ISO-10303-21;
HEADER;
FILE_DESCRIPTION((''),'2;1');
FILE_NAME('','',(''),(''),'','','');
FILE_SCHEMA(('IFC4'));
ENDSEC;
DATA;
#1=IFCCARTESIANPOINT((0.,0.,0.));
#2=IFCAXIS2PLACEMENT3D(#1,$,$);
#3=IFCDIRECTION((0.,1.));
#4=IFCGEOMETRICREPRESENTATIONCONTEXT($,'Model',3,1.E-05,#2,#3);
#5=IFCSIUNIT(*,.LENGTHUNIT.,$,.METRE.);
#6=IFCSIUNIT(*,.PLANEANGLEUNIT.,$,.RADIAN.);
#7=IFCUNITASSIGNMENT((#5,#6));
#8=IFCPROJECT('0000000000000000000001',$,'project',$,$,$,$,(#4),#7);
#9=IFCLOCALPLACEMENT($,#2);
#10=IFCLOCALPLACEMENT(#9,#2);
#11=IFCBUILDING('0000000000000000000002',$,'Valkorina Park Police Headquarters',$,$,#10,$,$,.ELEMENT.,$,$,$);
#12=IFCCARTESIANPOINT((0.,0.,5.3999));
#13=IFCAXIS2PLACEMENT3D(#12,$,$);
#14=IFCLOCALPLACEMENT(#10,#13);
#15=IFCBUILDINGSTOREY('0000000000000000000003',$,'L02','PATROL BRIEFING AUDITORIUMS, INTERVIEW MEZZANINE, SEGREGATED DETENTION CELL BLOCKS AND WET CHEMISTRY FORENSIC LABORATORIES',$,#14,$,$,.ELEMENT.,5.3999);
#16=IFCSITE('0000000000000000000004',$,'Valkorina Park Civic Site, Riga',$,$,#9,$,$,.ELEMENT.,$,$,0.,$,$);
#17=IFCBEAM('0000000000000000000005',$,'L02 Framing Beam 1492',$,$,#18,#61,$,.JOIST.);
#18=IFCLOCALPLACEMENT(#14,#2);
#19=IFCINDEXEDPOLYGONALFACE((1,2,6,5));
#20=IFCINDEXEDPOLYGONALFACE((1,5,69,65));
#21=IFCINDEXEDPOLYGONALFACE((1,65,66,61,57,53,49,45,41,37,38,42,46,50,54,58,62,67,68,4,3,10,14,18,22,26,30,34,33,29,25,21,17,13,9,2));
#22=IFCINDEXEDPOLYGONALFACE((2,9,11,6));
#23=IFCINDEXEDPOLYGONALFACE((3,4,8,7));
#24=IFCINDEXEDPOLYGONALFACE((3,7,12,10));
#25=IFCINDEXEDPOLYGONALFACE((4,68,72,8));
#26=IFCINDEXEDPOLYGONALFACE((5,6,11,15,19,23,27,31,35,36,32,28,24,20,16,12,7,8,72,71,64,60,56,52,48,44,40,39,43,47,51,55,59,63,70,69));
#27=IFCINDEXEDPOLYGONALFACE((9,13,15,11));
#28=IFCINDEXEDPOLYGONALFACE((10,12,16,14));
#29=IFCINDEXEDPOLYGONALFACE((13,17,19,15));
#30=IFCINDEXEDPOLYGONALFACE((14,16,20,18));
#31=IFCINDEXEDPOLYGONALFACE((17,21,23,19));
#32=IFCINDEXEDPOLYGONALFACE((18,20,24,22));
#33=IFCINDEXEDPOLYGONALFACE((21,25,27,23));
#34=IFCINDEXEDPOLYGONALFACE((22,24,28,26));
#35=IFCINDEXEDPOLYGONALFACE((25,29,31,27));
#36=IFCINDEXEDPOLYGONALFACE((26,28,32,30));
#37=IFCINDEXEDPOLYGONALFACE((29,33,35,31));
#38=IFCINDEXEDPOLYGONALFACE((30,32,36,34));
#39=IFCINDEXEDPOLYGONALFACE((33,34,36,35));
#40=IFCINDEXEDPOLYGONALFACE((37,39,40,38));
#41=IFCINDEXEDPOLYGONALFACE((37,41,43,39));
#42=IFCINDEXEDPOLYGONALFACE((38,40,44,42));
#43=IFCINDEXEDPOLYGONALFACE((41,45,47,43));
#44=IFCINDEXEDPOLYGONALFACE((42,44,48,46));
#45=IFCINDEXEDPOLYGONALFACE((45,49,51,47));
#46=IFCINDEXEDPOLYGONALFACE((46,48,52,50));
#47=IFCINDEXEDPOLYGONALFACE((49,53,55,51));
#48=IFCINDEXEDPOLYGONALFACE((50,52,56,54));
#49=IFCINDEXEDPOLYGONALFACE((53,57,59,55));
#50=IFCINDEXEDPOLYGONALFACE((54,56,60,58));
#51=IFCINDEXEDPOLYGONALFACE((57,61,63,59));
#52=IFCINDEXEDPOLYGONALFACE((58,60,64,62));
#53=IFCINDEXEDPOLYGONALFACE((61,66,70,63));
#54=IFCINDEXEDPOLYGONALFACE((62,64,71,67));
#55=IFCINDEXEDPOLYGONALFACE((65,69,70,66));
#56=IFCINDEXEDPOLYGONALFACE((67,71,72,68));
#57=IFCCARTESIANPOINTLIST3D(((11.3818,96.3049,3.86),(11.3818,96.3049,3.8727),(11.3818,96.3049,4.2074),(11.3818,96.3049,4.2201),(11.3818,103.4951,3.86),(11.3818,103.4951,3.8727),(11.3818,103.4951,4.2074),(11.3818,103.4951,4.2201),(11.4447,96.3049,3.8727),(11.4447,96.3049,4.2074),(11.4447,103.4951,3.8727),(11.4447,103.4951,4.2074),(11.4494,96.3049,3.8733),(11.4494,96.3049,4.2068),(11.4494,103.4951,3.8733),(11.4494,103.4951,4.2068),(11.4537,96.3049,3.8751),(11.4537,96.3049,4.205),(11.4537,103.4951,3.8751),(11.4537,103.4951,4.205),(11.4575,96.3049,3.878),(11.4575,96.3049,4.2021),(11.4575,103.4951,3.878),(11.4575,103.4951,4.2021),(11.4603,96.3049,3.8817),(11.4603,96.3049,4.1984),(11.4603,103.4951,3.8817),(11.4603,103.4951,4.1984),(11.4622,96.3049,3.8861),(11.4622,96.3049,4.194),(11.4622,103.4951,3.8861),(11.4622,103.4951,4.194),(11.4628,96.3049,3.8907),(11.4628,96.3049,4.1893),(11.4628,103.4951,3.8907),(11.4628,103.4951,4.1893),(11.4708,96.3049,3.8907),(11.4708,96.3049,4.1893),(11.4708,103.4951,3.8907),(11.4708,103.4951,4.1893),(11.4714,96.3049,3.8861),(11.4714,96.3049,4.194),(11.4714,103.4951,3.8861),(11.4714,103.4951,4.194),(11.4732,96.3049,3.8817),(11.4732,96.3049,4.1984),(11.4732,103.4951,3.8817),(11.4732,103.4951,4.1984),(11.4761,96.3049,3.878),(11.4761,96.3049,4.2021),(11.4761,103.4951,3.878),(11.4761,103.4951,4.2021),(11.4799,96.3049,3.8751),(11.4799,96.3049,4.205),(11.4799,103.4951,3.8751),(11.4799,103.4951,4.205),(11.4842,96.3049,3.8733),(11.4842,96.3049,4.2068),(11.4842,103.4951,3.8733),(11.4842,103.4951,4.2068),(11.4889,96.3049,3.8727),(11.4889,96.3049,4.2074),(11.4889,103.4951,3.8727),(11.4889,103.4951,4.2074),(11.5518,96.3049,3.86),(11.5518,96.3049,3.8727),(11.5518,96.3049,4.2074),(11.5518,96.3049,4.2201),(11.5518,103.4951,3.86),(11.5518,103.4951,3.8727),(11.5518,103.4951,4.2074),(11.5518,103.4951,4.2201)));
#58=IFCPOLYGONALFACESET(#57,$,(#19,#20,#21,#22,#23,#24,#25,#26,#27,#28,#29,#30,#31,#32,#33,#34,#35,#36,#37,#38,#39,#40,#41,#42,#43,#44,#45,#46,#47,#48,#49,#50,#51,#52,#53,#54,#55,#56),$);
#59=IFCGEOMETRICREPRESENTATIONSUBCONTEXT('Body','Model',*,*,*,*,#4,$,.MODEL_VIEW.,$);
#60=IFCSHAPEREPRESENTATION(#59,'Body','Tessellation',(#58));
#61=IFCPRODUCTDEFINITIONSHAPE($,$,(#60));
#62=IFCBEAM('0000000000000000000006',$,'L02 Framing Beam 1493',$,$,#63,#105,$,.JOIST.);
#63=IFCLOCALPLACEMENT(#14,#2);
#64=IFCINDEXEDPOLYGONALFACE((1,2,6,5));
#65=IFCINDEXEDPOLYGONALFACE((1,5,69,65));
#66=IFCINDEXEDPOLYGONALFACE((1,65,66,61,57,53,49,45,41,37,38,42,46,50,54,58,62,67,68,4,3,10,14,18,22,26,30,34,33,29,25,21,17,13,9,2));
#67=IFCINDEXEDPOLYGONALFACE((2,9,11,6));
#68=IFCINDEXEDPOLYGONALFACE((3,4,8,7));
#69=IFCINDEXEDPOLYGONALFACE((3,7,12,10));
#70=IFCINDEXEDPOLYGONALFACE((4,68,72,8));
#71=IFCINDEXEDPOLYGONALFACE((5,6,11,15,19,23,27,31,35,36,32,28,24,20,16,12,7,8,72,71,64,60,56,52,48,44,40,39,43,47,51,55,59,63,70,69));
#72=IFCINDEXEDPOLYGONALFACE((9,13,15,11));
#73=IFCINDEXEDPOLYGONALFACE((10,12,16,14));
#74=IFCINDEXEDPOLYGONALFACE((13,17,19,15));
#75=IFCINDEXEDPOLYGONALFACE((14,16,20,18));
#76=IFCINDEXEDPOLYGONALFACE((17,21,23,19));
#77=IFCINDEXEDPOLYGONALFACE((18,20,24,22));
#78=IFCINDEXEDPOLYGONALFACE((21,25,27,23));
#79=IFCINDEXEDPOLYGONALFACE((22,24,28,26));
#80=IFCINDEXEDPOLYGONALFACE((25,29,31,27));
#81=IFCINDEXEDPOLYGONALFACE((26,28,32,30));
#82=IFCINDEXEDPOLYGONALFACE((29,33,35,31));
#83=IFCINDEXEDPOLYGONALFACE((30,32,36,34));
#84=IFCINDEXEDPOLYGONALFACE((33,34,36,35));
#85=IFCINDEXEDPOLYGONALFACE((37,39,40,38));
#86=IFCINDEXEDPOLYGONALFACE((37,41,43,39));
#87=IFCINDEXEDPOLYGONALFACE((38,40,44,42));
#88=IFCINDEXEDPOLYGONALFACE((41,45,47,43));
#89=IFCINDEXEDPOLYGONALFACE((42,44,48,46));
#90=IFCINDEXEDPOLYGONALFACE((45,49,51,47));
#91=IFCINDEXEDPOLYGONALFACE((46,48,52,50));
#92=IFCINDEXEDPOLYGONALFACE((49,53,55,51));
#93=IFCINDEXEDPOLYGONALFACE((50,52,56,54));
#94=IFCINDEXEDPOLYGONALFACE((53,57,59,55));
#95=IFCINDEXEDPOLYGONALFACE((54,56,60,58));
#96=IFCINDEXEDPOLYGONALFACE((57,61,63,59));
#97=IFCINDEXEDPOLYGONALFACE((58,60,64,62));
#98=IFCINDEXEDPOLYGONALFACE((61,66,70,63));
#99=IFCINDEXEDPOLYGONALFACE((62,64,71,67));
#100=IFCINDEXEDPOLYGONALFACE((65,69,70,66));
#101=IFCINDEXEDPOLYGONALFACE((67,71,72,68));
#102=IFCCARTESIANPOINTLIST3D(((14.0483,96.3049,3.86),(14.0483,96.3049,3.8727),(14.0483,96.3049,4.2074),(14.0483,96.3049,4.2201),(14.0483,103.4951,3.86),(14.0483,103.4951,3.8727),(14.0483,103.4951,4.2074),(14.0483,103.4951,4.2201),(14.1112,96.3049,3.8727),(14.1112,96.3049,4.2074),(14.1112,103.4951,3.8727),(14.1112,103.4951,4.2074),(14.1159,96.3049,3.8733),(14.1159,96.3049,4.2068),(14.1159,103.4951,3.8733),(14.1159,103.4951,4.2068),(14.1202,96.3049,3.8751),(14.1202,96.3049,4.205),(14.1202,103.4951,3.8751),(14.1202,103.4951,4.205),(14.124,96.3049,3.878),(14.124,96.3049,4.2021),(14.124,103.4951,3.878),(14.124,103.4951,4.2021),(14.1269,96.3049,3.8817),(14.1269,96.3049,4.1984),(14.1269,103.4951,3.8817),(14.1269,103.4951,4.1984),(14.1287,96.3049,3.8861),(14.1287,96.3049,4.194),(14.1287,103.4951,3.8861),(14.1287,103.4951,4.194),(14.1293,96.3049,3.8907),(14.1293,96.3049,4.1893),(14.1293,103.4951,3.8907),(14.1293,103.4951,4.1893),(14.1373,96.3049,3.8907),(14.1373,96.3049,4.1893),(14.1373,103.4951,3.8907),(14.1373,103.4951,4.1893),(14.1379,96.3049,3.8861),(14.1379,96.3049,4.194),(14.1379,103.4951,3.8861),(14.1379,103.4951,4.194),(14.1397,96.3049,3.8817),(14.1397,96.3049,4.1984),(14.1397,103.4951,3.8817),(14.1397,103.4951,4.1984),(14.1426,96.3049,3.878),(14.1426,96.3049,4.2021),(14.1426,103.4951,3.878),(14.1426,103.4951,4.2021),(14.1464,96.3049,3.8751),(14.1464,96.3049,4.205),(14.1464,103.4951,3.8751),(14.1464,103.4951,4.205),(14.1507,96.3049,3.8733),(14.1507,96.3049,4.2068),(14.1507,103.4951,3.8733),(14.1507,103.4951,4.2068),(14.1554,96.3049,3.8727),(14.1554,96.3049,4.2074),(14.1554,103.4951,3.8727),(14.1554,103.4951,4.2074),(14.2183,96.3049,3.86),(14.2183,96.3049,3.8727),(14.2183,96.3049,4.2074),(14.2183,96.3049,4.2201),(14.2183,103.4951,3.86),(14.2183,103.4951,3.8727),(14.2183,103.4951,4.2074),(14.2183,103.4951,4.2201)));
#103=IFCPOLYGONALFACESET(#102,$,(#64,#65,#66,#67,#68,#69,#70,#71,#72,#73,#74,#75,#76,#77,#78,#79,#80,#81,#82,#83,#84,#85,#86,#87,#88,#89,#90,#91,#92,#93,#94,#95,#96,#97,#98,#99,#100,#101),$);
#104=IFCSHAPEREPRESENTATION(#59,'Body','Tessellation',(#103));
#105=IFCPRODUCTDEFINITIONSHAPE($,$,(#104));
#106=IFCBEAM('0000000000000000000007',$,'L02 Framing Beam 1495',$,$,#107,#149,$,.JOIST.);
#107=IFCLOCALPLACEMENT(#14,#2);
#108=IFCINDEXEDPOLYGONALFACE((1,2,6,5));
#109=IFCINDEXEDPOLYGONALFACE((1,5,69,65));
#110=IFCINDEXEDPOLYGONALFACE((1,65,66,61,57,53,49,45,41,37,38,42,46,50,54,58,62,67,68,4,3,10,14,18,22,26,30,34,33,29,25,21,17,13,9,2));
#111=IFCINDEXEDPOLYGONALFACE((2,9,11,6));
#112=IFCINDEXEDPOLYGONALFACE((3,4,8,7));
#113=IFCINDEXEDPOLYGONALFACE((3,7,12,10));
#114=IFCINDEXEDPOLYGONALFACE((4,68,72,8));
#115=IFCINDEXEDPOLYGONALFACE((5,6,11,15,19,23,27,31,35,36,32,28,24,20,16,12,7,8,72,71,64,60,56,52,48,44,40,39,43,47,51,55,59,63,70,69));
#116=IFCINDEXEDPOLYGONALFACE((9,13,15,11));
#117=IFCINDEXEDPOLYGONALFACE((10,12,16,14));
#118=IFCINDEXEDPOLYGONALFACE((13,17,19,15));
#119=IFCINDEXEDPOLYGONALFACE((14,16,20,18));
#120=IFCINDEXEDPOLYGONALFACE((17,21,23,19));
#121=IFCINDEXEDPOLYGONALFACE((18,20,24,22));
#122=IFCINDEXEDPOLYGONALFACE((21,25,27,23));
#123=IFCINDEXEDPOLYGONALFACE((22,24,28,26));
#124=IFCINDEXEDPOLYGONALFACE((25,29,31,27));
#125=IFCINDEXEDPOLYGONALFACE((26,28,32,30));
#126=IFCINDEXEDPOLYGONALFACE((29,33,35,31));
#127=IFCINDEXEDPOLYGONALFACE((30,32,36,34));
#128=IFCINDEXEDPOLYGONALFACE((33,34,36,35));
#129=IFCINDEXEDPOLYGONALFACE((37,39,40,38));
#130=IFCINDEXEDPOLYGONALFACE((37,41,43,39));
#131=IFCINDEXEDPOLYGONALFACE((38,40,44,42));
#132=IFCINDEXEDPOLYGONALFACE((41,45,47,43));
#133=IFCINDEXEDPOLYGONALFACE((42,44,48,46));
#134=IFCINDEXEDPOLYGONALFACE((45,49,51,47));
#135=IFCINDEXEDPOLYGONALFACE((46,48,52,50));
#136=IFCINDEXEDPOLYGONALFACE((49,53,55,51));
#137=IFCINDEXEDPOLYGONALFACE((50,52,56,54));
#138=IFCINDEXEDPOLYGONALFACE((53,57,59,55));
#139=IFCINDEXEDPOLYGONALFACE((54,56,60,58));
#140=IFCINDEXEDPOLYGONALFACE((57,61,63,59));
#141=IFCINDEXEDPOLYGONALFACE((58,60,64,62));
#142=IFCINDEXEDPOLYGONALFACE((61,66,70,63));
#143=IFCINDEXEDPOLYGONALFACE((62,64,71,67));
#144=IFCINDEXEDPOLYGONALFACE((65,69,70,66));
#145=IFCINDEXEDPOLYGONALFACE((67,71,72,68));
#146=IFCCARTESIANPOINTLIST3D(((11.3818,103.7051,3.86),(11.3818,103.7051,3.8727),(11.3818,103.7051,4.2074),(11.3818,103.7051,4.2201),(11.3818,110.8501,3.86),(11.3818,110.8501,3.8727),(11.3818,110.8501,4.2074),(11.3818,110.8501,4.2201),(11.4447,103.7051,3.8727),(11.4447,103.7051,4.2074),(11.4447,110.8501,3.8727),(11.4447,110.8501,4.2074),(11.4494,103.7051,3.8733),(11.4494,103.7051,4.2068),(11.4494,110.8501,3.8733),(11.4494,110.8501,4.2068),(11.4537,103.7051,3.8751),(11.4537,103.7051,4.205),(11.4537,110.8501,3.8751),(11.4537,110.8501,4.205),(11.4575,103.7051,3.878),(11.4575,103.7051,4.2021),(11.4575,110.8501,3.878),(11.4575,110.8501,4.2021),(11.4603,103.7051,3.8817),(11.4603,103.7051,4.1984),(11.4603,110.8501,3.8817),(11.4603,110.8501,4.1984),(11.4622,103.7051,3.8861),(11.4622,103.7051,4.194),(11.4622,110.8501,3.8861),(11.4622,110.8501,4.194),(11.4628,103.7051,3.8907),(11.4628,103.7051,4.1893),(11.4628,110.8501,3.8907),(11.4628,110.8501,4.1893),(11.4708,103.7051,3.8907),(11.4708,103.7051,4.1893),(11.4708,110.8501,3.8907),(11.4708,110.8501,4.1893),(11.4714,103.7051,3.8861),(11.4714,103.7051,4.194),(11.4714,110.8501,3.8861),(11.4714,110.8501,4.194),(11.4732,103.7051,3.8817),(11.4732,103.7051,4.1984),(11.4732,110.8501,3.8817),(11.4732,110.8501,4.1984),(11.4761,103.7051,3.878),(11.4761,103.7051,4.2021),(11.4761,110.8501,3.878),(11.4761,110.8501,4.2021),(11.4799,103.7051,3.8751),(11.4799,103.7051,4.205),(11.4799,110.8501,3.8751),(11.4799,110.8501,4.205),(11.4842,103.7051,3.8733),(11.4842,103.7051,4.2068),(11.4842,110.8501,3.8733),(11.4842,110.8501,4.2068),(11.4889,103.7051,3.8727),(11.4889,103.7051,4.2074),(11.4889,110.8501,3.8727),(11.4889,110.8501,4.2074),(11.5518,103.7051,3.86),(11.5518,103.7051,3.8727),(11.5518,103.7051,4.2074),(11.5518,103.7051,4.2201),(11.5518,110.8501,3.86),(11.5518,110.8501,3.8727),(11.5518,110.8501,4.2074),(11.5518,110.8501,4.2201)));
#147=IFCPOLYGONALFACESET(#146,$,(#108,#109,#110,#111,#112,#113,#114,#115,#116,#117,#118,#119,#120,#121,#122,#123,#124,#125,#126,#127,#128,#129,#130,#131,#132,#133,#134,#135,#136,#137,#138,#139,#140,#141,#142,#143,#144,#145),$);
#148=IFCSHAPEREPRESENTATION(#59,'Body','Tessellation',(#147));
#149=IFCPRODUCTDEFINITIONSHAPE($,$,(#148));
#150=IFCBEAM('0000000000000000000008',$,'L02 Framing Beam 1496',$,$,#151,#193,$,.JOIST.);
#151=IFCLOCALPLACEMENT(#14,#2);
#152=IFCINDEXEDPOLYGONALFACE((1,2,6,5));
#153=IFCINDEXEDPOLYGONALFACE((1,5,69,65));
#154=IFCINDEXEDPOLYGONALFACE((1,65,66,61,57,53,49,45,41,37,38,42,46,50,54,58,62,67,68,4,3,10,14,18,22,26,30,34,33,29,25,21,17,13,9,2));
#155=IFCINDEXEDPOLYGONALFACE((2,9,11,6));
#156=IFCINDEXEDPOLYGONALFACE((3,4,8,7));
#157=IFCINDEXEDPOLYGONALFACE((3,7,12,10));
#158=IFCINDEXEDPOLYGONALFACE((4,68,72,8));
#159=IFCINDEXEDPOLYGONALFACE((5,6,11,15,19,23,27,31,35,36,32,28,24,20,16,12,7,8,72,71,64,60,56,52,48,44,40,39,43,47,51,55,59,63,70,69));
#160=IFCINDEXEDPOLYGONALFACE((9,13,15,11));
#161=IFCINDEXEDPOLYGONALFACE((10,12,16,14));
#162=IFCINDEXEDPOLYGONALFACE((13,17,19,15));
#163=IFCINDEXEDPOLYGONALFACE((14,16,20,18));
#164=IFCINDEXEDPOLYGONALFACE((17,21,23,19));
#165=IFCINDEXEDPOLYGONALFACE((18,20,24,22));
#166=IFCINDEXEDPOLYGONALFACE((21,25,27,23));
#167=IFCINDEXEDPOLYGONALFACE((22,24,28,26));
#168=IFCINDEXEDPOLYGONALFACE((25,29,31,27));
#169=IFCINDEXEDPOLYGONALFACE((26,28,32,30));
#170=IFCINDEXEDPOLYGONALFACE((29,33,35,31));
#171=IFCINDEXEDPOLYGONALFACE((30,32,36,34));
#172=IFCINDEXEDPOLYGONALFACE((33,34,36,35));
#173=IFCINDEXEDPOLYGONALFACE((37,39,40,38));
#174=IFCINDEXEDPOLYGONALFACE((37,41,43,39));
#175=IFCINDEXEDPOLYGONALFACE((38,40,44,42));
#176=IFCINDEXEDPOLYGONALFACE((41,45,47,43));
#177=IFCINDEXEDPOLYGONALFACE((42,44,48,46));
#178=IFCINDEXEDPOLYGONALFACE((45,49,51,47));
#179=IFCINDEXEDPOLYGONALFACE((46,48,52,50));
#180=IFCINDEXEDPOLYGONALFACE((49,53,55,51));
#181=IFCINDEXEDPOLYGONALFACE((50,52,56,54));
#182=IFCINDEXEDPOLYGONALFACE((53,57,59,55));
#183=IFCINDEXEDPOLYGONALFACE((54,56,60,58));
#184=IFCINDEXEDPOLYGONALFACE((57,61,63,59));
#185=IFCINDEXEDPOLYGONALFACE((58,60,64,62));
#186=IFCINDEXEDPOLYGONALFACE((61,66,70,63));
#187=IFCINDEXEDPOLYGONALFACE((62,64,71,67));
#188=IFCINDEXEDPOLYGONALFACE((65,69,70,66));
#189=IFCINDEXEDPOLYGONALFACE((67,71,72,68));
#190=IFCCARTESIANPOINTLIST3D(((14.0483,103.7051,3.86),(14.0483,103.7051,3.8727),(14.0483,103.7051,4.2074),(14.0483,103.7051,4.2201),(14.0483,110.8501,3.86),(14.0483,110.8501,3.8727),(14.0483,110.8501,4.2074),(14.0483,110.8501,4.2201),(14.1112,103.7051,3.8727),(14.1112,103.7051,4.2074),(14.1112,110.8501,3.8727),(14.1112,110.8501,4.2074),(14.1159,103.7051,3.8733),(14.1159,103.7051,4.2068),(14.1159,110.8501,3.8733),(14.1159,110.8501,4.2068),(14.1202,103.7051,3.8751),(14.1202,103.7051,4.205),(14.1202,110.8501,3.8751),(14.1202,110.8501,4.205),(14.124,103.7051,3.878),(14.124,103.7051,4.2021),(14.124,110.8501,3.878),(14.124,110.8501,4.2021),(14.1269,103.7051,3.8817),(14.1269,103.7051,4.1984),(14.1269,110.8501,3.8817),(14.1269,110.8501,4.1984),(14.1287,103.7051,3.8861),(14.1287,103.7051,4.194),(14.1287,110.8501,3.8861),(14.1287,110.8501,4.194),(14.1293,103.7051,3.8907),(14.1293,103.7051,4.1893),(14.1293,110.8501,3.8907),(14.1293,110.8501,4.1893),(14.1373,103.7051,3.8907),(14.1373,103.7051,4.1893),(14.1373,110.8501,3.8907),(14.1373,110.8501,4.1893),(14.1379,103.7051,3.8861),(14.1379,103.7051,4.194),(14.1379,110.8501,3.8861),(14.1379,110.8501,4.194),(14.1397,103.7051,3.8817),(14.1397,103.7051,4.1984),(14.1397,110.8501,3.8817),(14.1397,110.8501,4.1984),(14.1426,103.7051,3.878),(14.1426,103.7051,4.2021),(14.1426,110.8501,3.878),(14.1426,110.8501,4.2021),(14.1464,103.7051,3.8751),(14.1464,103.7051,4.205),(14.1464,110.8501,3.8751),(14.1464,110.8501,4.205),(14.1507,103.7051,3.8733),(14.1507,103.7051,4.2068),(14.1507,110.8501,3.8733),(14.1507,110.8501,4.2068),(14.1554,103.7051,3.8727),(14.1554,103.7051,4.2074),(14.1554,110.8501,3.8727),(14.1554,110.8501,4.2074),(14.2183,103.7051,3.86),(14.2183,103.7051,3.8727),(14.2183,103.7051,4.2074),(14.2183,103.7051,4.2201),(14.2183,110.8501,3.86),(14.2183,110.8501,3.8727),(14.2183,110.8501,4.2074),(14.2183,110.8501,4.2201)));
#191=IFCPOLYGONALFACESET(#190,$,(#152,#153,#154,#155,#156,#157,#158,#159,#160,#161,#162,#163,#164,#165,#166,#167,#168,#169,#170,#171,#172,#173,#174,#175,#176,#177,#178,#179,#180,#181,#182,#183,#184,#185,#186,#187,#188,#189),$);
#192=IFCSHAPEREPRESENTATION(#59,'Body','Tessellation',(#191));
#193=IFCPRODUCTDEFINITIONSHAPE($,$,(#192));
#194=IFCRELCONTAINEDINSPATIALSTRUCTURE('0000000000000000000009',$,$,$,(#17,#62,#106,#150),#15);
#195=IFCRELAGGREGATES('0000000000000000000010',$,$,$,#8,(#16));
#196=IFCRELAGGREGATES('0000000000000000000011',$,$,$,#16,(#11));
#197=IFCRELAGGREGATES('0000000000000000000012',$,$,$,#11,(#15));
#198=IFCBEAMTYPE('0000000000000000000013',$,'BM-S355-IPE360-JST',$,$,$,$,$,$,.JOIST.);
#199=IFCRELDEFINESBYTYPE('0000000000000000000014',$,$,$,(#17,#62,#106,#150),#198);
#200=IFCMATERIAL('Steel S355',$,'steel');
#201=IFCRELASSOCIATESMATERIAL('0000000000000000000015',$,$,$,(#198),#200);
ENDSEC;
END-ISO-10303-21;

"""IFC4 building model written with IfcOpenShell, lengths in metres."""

from ifc_helpers import new_model, si_unit, direction, frame, origin, origin_2d, place, context, subcontext, project, spatial, i_section, extrude, material, material_profile, profile_set, type_object, element, save


model = new_model("IFC4")

# Units and contexts
model_context = context("Model", 3, precision=1e-05, world=origin(), true_north=direction((0.0, 1.0)))
body_context = subcontext(model_context, "Body", "Model", "MODEL_VIEW")
ifc_project = project(units=[si_unit("LENGTHUNIT", "METRE"), si_unit("PLANEANGLEUNIT", "RADIAN")], contexts=[model_context])

# Site, building, storey
site_placement = place(None, origin())
site = spatial("IfcSite", under=ifc_project, at=site_placement, Name="Valkorina Park Civic Site, Riga", CompositionType="ELEMENT", RefElevation=0.0)
building_placement = place(site_placement, origin())
building = spatial("IfcBuilding", under=site, at=building_placement, Name="Valkorina Park Police Headquarters", CompositionType="ELEMENT")
storey_placement = place(building_placement, frame((0.0, 0.0, 5.3999)))
storey = spatial("IfcBuildingStorey", under=building, at=storey_placement, Name="L02", Description="PATROL BRIEFING AUDITORIUMS, INTERVIEW MEZZANINE, SEGREGATED DETENTION CELL BLOCKS AND WET CHEMISTRY FORENSIC LABORATORIES", CompositionType="ELEMENT", Elevation=5.3999)

# Shared definitions
ifc_material_1 = material(Name="Steel S355", Category="steel")

# Beams
ifc_material_profile_1 = material_profile(ifc_material_1, i_section(OverallWidth=0.1699, OverallDepth=0.3601, WebThickness=0.0081, FlangeThickness=0.0127, FilletRadius=0.0181, at=origin_2d()), Name="IPE 360")
ifc_profile_set_1 = profile_set([ifc_material_profile_1], Name="Steel S355")
beam_type_1 = type_object("IfcBeamType", Name="BM-S355-IPE360-JST", PredefinedType="JOIST", material=ifc_profile_set_1)
for number, where, z_axis, x_axis, name in (
    (1, (11.4668, 96.3049, 4.04), (0.0, 1.0, 0.0), (-1.0, 0.0, 0.0), "L02 Framing Beam 1492"),
    (2, (14.1333, 96.3049, 4.04), (0.0, 1.0, 0.0), (-1.0, 0.0, 0.0), "L02 Framing Beam 1493"),
):
    element("IfcBeam", number, at=place(storey_placement, frame(where, z_axis=z_axis, x_axis=x_axis)), inside=storey, type_object=beam_type_1, Name=name, PredefinedType="JOIST", context=body_context, shape_type="SweptSolid", body=[
        extrude(i_section(OverallWidth=0.1699, OverallDepth=0.3601, WebThickness=0.0081, FlangeThickness=0.0127, FilletRadius=0.0181, at=origin_2d()), origin(), (0.0, 0.0, 1.0), 7.1902),
    ])
for number, where, z_axis, x_axis, name in (
    (3, (11.4668, 103.7051, 4.04), (0.0, 1.0, 0.0), (-1.0, 0.0, 0.0), "L02 Framing Beam 1495"),
    (4, (14.1333, 103.7051, 4.04), (0.0, 1.0, 0.0), (-1.0, 0.0, 0.0), "L02 Framing Beam 1496"),
):
    element("IfcBeam", number, at=place(storey_placement, frame(where, z_axis=z_axis, x_axis=x_axis)), inside=storey, type_object=beam_type_1, Name=name, PredefinedType="JOIST", context=body_context, shape_type="SweptSolid", body=[
        extrude(i_section(OverallWidth=0.1699, OverallDepth=0.3601, WebThickness=0.0081, FlangeThickness=0.0127, FilletRadius=0.0181, at=origin_2d()), origin(), (0.0, 0.0, 1.0), 7.145),
    ])

save(model, "model.ifc")
